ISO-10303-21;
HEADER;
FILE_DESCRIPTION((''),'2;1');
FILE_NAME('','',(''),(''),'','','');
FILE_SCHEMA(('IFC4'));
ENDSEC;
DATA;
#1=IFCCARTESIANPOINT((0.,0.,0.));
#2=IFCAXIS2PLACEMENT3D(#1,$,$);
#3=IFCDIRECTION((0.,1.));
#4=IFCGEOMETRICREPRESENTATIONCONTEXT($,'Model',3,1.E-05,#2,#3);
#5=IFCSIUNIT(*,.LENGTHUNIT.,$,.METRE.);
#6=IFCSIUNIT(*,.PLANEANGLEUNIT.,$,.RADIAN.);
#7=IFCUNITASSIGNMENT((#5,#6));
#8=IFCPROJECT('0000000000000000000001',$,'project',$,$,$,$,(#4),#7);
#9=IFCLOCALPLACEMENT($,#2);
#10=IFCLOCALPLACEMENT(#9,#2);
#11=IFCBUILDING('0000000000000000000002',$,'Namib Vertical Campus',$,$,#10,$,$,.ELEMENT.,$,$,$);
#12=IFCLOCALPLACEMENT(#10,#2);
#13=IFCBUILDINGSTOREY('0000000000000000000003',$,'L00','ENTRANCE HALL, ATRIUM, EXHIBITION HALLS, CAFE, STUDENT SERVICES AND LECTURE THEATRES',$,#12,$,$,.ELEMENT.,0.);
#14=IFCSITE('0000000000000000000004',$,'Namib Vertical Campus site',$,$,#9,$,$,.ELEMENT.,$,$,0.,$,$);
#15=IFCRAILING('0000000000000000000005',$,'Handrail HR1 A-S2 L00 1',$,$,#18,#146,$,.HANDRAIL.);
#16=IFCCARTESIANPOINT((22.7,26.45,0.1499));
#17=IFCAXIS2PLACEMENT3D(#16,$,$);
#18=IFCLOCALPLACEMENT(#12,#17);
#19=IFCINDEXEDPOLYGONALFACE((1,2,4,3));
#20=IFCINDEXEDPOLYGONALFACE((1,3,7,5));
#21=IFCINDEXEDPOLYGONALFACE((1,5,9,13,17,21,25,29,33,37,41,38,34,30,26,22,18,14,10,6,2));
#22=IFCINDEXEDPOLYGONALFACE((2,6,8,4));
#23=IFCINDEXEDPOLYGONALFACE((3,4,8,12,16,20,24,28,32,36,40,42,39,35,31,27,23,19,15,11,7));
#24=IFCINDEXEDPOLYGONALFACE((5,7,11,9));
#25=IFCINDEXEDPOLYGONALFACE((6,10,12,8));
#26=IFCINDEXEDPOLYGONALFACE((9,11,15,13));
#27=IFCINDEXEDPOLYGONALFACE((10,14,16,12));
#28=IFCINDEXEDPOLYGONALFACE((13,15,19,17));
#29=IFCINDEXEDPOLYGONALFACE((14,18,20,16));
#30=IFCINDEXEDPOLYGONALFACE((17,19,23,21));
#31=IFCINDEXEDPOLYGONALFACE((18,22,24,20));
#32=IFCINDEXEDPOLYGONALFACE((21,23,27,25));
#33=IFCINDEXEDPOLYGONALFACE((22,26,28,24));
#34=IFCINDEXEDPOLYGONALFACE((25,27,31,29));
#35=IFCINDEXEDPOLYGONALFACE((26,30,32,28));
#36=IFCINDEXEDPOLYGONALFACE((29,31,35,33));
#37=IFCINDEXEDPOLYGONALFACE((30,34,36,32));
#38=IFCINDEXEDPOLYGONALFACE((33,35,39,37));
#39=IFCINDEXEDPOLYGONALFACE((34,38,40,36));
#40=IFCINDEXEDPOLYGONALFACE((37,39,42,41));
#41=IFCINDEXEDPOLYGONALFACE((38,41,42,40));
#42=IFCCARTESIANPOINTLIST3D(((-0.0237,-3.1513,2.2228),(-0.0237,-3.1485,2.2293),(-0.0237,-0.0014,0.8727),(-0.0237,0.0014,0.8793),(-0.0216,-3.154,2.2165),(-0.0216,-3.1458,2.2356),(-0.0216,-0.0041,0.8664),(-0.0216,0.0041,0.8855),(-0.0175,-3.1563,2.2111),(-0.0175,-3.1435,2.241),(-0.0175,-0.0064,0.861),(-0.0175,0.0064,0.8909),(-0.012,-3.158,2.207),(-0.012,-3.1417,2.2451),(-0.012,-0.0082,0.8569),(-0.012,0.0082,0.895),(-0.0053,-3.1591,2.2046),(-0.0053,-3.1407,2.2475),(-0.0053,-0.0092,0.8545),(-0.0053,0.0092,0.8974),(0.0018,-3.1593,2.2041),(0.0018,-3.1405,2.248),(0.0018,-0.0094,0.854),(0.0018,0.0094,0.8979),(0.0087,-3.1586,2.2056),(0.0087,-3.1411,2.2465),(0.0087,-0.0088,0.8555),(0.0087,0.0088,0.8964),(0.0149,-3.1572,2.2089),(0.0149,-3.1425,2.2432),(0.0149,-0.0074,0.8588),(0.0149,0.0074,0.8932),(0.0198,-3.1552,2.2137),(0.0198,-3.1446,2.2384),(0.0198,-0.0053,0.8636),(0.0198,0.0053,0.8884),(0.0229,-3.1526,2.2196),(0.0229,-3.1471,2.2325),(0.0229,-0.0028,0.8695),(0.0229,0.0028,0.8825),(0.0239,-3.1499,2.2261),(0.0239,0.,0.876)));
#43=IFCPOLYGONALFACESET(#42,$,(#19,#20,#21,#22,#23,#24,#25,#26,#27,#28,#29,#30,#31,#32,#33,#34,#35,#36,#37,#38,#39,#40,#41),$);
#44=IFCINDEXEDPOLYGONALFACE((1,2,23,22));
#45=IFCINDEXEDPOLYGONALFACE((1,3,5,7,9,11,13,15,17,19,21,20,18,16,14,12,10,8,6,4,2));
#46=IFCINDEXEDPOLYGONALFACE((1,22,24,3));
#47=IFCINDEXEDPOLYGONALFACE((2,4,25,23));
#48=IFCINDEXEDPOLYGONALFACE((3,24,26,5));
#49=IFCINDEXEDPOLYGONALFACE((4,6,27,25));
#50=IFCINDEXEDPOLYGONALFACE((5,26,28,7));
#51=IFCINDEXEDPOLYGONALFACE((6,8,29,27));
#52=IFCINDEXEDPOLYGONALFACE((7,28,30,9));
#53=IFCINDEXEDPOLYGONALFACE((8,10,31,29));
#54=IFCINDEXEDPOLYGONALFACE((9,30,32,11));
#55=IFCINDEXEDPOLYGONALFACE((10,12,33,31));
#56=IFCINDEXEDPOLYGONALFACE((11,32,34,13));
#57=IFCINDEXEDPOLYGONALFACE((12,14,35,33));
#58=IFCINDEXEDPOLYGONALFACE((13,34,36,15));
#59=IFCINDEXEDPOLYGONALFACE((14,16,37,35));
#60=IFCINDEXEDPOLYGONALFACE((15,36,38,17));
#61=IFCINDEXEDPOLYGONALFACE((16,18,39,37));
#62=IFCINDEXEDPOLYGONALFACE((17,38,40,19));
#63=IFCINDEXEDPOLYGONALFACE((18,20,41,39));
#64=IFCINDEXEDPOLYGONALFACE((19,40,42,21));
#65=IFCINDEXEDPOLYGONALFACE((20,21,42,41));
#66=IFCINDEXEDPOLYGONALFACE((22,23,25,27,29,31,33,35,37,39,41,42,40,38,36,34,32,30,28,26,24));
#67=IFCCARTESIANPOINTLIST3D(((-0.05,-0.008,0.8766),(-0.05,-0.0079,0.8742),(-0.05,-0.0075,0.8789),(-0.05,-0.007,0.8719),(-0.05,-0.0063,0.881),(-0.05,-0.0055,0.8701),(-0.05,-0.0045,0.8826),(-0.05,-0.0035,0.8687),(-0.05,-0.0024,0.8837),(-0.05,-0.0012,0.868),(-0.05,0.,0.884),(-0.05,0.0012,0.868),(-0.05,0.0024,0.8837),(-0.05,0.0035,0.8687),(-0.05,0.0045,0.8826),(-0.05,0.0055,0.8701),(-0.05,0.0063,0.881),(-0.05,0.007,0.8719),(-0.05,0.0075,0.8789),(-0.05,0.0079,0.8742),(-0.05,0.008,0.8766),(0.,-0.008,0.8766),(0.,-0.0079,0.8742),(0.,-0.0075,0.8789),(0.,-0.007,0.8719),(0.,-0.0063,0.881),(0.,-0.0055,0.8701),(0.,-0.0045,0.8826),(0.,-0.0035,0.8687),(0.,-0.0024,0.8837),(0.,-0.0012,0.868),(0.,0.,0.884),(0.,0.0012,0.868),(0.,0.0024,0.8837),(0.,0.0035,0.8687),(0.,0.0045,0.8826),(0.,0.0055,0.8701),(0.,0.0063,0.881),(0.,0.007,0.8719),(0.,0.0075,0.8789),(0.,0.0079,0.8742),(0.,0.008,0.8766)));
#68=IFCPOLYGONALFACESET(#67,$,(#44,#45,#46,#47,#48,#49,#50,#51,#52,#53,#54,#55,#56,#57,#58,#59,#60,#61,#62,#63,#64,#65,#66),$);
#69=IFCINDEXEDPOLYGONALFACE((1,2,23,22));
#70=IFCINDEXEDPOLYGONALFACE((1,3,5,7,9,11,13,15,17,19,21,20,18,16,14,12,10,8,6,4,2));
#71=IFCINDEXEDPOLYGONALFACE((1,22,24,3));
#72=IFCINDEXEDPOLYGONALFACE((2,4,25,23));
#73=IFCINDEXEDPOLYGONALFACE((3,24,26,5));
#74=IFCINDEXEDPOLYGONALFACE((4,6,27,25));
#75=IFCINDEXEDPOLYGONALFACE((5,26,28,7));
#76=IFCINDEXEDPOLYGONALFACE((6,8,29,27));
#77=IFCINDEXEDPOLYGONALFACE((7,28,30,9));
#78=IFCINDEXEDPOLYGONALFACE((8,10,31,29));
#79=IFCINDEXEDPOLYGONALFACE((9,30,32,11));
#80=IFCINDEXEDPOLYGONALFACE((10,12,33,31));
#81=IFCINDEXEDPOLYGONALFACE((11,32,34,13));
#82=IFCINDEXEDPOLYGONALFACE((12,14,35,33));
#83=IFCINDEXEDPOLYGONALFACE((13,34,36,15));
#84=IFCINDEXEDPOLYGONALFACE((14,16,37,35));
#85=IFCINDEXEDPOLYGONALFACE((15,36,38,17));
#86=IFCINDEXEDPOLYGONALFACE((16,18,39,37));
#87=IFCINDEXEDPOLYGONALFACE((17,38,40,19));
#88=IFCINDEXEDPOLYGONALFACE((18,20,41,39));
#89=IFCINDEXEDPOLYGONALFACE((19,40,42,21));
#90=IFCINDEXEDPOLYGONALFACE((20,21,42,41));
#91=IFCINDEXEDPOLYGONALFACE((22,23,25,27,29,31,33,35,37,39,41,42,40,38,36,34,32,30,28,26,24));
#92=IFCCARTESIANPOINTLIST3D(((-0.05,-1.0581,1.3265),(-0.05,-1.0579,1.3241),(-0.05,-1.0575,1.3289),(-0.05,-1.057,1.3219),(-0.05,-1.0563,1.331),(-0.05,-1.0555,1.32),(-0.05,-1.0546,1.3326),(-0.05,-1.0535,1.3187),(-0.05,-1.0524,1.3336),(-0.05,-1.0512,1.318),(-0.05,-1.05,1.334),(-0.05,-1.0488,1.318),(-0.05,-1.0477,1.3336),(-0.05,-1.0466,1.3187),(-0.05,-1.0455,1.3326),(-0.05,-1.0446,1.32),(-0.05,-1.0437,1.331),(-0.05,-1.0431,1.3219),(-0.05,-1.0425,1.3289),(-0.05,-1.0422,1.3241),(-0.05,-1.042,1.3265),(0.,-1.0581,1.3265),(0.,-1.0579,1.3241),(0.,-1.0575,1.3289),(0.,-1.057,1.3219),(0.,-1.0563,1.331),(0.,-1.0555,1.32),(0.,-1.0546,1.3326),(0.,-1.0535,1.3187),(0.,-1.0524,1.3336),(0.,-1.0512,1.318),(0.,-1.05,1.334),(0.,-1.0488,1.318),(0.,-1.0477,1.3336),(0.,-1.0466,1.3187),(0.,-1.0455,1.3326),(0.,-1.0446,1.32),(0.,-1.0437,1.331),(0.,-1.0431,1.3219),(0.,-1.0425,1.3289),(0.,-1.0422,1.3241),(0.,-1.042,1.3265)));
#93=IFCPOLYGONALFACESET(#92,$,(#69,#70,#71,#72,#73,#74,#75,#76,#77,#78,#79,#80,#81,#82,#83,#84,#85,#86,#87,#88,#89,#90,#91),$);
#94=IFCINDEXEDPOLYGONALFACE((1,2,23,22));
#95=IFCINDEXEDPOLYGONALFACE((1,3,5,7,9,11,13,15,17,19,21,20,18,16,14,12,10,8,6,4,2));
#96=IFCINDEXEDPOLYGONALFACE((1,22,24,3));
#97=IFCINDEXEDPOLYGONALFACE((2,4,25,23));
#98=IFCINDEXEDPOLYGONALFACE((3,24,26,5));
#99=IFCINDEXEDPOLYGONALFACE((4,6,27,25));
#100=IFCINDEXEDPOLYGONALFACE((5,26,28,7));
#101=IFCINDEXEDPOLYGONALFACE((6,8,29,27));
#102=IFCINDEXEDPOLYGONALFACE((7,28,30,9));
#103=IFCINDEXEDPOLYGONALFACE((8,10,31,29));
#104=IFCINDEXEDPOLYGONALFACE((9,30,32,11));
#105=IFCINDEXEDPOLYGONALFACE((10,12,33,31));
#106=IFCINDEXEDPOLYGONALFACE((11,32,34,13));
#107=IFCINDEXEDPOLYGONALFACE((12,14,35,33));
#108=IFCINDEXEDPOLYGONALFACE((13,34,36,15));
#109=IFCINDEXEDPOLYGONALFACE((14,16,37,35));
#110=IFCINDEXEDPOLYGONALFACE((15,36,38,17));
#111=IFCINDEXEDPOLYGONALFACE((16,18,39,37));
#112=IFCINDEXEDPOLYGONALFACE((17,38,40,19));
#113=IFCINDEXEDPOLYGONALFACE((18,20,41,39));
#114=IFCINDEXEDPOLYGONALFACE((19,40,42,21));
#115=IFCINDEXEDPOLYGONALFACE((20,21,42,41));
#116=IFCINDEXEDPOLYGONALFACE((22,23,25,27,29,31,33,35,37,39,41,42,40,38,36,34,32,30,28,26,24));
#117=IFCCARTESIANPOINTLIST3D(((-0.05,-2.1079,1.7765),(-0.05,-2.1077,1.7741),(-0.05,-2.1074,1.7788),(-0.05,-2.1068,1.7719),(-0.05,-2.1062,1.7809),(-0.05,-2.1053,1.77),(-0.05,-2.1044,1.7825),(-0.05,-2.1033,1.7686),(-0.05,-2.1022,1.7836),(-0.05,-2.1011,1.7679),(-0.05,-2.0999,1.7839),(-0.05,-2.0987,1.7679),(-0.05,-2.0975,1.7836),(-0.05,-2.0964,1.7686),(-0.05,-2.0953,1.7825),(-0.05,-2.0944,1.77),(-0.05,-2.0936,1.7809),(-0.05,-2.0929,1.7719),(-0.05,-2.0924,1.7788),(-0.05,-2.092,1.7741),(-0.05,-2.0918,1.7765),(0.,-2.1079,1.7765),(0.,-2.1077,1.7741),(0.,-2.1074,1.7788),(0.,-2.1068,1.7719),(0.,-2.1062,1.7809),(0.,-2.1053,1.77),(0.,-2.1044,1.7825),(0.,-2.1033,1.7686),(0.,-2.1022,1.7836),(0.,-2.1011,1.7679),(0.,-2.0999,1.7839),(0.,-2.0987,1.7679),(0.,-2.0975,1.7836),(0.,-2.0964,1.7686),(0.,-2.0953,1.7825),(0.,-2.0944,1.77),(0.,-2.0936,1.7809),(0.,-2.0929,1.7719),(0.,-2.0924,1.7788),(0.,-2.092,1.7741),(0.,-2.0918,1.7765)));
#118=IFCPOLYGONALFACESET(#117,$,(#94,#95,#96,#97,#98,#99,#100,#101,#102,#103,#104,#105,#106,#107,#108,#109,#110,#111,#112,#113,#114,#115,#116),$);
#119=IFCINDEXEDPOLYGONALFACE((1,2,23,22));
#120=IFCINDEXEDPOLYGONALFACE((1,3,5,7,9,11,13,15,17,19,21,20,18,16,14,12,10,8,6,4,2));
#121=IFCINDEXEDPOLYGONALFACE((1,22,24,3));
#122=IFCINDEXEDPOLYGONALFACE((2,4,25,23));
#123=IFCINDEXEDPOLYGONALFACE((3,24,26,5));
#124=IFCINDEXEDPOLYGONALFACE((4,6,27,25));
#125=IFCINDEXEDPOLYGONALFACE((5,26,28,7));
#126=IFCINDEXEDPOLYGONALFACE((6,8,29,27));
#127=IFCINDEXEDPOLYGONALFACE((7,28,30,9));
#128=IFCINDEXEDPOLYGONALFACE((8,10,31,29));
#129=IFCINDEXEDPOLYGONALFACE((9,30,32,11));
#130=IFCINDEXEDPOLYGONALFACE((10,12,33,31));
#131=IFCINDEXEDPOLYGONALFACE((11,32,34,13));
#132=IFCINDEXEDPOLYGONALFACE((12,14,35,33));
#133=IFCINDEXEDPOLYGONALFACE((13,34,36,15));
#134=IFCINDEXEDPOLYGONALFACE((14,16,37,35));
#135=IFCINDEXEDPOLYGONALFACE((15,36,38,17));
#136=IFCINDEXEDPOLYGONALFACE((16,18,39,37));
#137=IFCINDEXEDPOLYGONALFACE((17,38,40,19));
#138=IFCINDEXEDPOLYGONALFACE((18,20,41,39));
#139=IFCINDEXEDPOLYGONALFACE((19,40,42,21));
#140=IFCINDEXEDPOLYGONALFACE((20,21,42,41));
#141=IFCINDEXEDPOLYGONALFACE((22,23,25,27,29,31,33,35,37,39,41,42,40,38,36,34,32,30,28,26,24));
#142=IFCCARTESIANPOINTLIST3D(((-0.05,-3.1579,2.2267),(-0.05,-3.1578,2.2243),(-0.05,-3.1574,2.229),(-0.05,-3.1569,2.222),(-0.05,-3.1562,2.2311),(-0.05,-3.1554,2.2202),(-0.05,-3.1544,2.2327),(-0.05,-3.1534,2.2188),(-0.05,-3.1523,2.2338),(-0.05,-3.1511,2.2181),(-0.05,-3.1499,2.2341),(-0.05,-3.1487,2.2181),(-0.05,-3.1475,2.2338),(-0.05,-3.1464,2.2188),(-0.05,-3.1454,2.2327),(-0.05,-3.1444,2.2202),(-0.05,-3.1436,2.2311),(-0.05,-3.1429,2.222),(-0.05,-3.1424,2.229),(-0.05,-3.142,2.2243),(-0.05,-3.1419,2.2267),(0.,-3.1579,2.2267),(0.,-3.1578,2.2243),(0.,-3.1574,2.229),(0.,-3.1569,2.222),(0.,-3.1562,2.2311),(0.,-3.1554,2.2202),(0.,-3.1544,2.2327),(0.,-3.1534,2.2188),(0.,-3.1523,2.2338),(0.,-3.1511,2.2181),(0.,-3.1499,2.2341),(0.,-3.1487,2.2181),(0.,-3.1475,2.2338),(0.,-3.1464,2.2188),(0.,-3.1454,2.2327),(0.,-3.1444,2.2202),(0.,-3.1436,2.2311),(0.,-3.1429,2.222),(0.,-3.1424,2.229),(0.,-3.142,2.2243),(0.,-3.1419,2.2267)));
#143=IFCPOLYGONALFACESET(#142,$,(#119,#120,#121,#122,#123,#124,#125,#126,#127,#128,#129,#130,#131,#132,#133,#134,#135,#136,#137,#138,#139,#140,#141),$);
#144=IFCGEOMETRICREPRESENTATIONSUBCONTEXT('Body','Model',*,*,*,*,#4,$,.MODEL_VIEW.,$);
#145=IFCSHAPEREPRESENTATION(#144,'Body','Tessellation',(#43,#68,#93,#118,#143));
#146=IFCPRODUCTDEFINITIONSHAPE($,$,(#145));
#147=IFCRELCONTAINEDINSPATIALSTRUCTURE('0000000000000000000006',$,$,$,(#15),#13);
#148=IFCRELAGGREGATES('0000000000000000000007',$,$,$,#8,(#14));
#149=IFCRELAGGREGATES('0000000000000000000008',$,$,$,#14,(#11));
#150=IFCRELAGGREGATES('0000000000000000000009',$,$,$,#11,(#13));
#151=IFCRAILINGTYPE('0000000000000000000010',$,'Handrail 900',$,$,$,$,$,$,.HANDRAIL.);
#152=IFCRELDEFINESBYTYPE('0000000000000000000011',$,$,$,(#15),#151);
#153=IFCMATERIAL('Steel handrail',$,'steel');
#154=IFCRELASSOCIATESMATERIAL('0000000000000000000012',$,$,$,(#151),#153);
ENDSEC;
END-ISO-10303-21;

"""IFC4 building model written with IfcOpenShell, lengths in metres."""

from ifc_helpers import new_model, si_unit, direction, frame, origin, origin_2d, place, context, subcontext, project, spatial, circle, extrude, material, type_object, element, save


model = new_model("IFC4")

# Units and contexts
model_context = context("Model", 3, precision=1e-05, world=origin(), true_north=direction((0.0, 1.0)))
body_context = subcontext(model_context, "Body", "Model", "MODEL_VIEW")
ifc_project = project(units=[si_unit("LENGTHUNIT", "METRE"), si_unit("PLANEANGLEUNIT", "RADIAN")], contexts=[model_context])

# Site, building, storey
site_placement = place(None, origin())
site = spatial("IfcSite", under=ifc_project, at=site_placement, Name="Namib Vertical Campus site", CompositionType="ELEMENT", RefElevation=0.0)
building_placement = place(site_placement, origin())
building = spatial("IfcBuilding", under=site, at=building_placement, Name="Namib Vertical Campus", CompositionType="ELEMENT")
storey_placement = place(building_placement, origin())
storey = spatial("IfcBuildingStorey", under=building, at=storey_placement, Name="L00", Description="ENTRANCE HALL, ATRIUM, EXHIBITION HALLS, CAFE, STUDENT SERVICES AND LECTURE THEATRES", CompositionType="ELEMENT", Elevation=0.0)

# Railing
ifc_material_1 = material(Name="Steel handrail", Category="steel")
railing_type_1 = type_object("IfcRailingType", Name="Handrail 900", PredefinedType="HANDRAIL", material=ifc_material_1)
railing_1_placement = place(storey_placement, frame((22.7, 26.45, 0.1499)))
element("IfcRailing", 1, at=railing_1_placement, inside=storey, type_object=railing_type_1, Name="Handrail HR1 A-S2 L00 1", PredefinedType="HANDRAIL", context=body_context, shape_type="SweptSolid", body=[
    extrude(circle(Radius=0.0239, at=origin_2d()), frame((0.0, 0.0, 0.876), z_axis=(0.0, -0.91913, 0.393954), x_axis=(1.0, 0.0, 0.0)), (0.0, 0.0, 1.0), 3.427),
    extrude(circle(Radius=0.0081, at=origin_2d()), frame((0.0, 0.0, 0.876), z_axis=(-1.0, 0.0, 0.0), x_axis=(0.0, 0.0, 1.0)), (0.0, 0.0, 1.0), 0.05),
    extrude(circle(Radius=0.0081, at=origin_2d()), frame((0.0, -1.05, 1.3259), z_axis=(-1.0, 0.0, 0.0), x_axis=(0.0, 0.0, 1.0)), (0.0, 0.0, 1.0), 0.05),
    extrude(circle(Radius=0.0081, at=origin_2d()), frame((0.0, -2.0999, 1.7759), z_axis=(-1.0, 0.0, 0.0), x_axis=(0.0, 0.0, 1.0)), (0.0, 0.0, 1.0), 0.05),
    extrude(circle(Radius=0.0081, at=origin_2d()), frame((0.0, -3.1499, 2.2261), z_axis=(-1.0, 0.0, 0.0), x_axis=(0.0, 0.0, 1.0)), (0.0, 0.0, 1.0), 0.05),
])

save(model, "model.ifc")
